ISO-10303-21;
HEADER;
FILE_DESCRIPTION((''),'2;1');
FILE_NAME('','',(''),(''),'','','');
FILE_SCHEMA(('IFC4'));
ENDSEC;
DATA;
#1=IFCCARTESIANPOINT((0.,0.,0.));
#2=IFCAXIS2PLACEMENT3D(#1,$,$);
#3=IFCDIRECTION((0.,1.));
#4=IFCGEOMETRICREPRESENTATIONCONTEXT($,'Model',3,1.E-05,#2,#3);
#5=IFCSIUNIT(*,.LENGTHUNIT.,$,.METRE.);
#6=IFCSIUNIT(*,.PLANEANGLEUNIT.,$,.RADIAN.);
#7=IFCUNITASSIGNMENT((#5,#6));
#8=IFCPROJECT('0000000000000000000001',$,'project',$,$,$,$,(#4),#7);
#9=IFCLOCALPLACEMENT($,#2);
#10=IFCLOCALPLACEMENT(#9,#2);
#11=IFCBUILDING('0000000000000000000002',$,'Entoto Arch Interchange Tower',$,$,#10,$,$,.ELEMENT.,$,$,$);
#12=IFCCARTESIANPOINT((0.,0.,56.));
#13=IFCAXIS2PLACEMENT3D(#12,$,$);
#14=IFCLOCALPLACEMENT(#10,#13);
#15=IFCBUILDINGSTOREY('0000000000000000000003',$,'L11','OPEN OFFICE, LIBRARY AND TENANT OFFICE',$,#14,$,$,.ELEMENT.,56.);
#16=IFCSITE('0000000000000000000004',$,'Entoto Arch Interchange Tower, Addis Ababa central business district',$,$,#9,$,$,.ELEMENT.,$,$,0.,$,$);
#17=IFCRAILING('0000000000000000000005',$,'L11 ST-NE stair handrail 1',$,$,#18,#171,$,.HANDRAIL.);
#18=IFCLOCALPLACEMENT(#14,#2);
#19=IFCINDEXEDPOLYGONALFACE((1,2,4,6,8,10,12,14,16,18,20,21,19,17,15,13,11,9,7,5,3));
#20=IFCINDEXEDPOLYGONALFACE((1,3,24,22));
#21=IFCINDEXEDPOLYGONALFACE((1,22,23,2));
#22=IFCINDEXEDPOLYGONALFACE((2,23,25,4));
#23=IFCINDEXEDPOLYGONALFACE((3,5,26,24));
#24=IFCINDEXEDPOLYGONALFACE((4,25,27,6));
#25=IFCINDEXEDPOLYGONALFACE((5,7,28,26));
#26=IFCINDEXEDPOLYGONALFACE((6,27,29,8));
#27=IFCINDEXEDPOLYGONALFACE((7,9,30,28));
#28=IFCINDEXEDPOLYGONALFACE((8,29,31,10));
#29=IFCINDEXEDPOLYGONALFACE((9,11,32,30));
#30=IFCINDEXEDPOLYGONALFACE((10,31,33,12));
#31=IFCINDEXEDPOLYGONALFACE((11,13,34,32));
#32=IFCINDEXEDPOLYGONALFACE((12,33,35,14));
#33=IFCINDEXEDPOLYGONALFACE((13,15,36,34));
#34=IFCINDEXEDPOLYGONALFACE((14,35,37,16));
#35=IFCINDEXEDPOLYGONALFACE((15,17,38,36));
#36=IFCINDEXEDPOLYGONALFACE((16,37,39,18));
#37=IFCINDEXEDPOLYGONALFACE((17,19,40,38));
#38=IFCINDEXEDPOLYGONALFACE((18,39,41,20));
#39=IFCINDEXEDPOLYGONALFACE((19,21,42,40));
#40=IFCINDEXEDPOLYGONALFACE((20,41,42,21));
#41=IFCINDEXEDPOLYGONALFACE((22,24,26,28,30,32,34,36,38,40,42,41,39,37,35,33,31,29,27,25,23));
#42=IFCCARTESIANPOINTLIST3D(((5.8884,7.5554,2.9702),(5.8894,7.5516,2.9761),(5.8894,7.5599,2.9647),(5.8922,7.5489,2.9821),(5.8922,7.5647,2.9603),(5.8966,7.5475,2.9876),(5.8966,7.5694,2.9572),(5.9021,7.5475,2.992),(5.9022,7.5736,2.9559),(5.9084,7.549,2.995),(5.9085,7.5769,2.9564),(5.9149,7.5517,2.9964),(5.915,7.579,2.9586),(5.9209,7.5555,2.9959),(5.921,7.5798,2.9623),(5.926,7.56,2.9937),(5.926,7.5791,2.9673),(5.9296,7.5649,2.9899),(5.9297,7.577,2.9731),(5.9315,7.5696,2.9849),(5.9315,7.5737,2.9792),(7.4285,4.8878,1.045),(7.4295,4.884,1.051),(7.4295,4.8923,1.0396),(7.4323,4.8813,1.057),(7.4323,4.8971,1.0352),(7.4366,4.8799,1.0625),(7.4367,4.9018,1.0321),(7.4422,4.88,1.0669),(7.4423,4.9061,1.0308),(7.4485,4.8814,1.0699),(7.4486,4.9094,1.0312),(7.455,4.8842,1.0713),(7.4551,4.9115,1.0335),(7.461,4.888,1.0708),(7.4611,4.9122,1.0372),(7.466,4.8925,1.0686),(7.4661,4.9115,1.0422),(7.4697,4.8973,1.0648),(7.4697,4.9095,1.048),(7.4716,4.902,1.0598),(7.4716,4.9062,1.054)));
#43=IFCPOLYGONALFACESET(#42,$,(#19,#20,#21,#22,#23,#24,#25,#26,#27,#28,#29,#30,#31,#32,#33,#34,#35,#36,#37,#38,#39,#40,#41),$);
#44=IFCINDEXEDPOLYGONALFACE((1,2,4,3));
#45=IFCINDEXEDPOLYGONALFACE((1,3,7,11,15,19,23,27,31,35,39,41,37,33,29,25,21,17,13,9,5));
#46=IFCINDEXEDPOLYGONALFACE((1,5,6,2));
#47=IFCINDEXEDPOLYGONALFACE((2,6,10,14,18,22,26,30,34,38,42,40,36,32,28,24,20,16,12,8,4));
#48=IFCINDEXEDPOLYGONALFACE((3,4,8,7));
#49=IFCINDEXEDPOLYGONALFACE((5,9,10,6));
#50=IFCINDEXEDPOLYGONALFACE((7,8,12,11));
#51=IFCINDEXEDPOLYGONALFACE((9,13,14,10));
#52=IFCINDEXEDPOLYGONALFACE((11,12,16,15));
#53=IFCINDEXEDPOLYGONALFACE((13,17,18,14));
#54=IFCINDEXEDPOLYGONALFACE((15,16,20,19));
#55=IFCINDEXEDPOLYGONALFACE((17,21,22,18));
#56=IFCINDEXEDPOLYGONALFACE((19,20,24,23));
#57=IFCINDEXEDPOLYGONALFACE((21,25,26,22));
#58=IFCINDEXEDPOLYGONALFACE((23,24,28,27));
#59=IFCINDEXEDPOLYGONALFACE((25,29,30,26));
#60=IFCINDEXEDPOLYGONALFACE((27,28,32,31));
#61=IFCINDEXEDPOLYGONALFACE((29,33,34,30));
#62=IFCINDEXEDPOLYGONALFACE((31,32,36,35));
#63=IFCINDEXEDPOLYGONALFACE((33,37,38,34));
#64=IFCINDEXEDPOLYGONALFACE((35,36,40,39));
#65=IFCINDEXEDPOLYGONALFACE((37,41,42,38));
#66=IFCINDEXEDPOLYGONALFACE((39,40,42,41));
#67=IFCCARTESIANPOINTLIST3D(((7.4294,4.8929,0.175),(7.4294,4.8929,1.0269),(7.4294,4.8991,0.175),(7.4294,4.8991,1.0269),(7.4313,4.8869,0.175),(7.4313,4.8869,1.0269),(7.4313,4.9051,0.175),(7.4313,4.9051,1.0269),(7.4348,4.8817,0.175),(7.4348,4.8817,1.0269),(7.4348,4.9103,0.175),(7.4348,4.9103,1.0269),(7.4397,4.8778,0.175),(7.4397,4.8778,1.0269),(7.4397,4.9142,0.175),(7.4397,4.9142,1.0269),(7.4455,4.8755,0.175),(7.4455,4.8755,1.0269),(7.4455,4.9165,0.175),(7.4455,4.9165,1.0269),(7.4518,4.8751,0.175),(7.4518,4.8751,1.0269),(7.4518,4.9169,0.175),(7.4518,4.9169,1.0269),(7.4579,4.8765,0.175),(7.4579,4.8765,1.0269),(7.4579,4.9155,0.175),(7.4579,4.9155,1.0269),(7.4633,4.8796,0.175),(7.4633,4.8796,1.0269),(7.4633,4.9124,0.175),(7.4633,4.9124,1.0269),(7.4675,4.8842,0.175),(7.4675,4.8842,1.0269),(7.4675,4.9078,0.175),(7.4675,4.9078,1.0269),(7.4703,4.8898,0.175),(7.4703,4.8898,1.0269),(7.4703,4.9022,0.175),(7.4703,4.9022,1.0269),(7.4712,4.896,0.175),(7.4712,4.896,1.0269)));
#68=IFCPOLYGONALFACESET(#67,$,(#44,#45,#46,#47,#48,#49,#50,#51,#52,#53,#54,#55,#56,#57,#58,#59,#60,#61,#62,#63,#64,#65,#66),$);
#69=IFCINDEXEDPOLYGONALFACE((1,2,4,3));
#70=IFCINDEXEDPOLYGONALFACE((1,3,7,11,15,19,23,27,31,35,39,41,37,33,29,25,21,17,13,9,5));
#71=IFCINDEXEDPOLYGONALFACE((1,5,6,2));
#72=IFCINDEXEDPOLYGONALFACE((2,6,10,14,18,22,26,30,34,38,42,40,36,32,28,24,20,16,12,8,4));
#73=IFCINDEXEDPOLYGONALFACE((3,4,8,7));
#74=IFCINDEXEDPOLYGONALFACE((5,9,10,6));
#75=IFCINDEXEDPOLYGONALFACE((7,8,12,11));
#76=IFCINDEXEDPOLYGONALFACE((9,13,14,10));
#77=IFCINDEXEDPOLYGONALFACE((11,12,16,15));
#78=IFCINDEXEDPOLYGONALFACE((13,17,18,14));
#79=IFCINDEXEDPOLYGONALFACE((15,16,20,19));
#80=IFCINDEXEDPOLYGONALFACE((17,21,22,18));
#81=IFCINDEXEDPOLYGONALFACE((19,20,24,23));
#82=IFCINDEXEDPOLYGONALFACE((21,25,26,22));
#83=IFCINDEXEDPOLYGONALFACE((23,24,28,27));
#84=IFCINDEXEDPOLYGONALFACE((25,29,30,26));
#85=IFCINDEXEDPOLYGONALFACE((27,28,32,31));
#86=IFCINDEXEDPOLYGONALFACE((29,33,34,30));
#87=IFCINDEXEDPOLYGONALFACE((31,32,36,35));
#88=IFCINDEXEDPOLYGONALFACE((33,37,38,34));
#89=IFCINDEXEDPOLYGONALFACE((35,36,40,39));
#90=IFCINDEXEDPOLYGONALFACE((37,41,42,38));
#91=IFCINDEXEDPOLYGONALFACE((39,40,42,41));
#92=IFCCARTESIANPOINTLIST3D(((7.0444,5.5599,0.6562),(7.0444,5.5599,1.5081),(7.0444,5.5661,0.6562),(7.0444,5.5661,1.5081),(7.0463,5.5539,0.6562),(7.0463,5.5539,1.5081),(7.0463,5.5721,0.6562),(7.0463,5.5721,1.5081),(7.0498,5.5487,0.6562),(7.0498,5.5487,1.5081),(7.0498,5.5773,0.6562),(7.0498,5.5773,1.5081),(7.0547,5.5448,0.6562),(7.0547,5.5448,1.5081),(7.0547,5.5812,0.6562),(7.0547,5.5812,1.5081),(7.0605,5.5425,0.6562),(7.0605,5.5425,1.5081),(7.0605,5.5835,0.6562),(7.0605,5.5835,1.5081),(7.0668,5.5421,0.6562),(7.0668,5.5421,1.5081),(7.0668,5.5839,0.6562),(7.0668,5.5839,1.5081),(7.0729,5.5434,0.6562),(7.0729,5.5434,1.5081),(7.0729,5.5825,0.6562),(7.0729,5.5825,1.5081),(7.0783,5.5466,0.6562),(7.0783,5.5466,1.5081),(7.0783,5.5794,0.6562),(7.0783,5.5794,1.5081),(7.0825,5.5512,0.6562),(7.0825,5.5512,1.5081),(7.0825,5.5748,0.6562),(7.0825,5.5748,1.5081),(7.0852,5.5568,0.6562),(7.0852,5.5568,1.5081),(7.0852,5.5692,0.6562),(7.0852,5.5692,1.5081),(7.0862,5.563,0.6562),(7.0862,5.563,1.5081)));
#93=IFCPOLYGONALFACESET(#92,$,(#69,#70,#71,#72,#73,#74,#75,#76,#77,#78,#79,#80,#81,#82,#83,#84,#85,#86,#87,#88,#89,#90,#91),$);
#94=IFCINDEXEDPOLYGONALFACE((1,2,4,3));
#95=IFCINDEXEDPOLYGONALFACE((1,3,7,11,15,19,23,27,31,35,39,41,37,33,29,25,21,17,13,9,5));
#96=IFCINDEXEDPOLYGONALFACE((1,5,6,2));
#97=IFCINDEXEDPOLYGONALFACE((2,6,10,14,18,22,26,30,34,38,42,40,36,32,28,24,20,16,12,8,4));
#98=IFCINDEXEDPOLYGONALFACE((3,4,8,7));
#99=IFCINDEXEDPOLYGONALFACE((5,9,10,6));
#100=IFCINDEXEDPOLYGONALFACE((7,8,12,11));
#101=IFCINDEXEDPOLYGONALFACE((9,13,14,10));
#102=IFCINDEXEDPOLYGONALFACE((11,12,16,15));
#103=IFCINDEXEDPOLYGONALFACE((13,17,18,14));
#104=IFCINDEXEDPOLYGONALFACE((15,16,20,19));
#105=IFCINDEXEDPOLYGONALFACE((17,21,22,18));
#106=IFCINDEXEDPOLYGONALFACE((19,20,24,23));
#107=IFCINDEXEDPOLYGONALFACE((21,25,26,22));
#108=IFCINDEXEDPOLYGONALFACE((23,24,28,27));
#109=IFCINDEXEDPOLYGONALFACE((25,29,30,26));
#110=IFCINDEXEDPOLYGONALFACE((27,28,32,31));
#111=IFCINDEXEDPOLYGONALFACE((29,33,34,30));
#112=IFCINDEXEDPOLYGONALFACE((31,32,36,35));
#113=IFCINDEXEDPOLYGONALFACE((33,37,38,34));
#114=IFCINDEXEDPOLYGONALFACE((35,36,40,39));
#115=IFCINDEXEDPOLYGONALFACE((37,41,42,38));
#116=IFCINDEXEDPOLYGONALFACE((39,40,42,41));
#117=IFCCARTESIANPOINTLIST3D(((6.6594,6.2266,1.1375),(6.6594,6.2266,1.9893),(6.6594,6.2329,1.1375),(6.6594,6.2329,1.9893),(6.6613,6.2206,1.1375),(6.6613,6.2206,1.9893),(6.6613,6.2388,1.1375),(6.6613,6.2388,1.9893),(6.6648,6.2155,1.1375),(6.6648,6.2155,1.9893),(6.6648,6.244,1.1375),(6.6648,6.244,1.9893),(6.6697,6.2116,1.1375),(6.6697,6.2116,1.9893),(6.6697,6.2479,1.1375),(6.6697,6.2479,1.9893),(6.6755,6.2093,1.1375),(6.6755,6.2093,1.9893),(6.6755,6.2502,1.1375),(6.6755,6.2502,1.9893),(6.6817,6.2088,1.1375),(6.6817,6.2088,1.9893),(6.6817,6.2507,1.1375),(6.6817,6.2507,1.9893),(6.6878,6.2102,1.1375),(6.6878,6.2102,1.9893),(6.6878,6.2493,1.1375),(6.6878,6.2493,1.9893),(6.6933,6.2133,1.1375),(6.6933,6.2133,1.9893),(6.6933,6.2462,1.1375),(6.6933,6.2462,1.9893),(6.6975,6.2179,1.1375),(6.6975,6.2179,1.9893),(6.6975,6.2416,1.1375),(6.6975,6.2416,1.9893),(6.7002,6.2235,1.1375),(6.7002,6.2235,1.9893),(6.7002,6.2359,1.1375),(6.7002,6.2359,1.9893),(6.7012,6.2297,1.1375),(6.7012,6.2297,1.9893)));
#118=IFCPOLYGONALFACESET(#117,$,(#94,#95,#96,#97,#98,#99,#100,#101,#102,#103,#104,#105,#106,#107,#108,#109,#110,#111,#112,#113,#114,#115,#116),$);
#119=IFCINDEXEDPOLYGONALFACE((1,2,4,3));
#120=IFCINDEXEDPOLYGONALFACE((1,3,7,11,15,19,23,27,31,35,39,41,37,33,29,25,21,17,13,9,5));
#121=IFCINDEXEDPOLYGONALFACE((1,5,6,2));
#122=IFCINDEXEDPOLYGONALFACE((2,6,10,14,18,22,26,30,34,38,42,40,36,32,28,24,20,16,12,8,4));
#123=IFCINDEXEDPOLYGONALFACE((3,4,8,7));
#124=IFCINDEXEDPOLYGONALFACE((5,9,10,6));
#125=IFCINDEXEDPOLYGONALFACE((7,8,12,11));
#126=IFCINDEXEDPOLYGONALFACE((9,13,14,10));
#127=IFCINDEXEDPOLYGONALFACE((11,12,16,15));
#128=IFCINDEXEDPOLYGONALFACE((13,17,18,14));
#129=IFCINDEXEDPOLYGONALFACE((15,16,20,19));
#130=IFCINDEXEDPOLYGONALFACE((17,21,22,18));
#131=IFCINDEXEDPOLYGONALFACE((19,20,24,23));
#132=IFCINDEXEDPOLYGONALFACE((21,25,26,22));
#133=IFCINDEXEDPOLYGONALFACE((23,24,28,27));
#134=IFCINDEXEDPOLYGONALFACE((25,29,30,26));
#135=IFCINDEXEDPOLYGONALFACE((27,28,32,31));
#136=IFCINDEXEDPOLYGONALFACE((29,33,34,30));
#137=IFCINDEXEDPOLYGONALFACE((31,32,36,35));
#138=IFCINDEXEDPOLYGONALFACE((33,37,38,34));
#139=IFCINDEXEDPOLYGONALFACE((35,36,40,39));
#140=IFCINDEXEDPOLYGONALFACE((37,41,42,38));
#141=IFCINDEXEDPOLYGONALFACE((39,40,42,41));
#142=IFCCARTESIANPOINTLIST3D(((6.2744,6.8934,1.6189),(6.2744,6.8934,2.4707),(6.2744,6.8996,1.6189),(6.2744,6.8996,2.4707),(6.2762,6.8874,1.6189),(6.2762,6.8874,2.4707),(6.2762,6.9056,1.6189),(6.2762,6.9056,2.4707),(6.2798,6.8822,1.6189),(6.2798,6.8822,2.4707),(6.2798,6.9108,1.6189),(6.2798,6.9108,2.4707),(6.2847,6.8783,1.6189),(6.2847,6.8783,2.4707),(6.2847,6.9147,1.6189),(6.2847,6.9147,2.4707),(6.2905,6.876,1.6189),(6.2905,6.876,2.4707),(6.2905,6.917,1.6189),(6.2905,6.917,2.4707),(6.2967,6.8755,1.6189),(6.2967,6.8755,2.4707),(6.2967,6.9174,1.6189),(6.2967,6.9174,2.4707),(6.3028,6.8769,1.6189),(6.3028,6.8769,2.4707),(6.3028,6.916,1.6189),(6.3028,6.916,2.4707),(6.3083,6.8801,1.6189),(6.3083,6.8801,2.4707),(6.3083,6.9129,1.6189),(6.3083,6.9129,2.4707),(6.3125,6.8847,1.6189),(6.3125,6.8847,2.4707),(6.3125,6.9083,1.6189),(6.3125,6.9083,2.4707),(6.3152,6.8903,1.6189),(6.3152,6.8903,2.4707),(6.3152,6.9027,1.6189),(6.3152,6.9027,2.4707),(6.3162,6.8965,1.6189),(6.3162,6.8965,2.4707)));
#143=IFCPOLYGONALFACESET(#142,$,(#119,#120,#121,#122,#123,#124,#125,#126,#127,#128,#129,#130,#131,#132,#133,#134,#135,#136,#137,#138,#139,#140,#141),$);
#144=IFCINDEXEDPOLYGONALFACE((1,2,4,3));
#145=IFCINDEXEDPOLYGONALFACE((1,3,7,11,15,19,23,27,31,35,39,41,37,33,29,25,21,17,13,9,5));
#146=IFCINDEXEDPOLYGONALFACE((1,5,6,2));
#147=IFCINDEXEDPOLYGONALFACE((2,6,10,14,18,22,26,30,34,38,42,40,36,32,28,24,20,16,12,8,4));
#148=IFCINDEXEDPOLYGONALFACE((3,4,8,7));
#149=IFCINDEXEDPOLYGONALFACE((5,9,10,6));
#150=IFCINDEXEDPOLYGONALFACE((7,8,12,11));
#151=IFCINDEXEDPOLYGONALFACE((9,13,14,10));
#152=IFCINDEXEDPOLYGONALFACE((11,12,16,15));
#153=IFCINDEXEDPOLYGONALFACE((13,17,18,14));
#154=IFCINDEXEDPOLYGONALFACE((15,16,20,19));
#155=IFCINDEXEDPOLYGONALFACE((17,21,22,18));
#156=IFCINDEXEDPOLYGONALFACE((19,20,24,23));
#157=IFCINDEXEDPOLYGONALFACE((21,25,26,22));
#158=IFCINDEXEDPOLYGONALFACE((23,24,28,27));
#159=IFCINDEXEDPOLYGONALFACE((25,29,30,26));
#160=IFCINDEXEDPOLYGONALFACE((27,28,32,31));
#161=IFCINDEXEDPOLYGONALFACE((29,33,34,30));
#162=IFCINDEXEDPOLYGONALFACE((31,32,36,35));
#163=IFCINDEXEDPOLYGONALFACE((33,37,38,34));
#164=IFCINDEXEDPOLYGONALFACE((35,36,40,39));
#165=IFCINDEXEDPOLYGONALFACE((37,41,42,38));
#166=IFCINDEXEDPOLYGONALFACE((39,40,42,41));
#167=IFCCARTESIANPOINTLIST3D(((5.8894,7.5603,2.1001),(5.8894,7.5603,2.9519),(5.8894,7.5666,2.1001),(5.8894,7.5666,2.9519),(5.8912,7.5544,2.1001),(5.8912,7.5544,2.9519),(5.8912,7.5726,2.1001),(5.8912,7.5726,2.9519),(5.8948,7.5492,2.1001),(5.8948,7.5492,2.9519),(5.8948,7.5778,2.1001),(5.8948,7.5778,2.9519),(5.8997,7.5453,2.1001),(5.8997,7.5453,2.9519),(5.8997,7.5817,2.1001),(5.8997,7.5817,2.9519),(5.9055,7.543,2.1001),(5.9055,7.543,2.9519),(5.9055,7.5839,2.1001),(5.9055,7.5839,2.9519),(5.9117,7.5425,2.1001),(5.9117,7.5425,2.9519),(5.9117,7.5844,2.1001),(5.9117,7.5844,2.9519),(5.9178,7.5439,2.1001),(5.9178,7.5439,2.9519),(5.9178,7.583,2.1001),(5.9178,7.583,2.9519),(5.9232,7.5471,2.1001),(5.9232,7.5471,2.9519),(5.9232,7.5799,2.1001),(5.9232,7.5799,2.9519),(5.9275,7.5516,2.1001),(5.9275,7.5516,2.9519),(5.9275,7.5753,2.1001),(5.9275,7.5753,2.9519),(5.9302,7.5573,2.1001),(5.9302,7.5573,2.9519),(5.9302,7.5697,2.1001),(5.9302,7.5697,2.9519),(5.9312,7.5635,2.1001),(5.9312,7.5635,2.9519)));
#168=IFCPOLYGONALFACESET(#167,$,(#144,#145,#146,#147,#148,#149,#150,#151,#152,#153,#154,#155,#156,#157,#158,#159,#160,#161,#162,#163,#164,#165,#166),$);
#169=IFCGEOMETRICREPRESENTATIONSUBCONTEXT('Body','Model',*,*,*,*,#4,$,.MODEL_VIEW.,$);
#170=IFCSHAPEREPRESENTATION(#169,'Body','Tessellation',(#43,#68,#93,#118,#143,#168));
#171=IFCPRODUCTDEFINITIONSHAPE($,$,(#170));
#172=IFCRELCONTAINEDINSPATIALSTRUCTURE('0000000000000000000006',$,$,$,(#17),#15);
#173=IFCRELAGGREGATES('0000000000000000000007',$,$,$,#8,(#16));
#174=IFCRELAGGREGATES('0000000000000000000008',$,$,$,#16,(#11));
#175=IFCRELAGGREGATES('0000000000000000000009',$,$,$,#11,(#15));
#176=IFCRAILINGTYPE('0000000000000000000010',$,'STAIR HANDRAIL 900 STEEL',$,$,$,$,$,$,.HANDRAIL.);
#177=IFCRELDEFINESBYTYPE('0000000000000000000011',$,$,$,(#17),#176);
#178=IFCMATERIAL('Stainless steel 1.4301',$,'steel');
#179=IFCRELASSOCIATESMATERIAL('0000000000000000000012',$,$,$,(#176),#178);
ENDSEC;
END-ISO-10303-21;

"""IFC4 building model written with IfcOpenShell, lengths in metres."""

from ifc_helpers import new_model, si_unit, direction, frame, origin, origin_2d, place, context, subcontext, project, spatial, circle, extrude, material, type_object, element, save


model = new_model("IFC4")

# Units and contexts
model_context = context("Model", 3, precision=1e-05, world=origin(), true_north=direction((0.0, 1.0)))
body_context = subcontext(model_context, "Body", "Model", "MODEL_VIEW")
ifc_project = project(units=[si_unit("LENGTHUNIT", "METRE"), si_unit("PLANEANGLEUNIT", "RADIAN")], contexts=[model_context])

# Site, building, storey
site_placement = place(None, origin())
site = spatial("IfcSite", under=ifc_project, at=site_placement, Name="Entoto Arch Interchange Tower, Addis Ababa central business district", CompositionType="ELEMENT", RefElevation=0.0)
building_placement = place(site_placement, origin())
building = spatial("IfcBuilding", under=site, at=building_placement, Name="Entoto Arch Interchange Tower", CompositionType="ELEMENT")
storey_placement = place(building_placement, frame((0.0, 0.0, 56.0)))
storey = spatial("IfcBuildingStorey", under=building, at=storey_placement, Name="L11", Description="OPEN OFFICE, LIBRARY AND TENANT OFFICE", CompositionType="ELEMENT", Elevation=56.0)

# Railing
ifc_material_1 = material(Name="Stainless steel 1.4301", Category="steel")
railing_type_1 = type_object("IfcRailingType", Name="STAIR HANDRAIL 900 STEEL", PredefinedType="HANDRAIL", material=ifc_material_1)
railing_1_placement = place(storey_placement, frame((7.4502, 4.896, 0.175)))
element("IfcRailing", 1, at=railing_1_placement, inside=storey, type_object=railing_type_1, Name="L11 ST-NE stair handrail 1", PredefinedType="HANDRAIL", context=body_context, shape_type="SweptSolid", body=[
    extrude(circle(Radius=0.0239, at=origin_2d()), frame((0.0, 0.0, 0.876), z_axis=(-0.423994, 0.734395, 0.529993), x_axis=(-0.86603, -0.499992, 0.0)), (0.0, 0.0, 1.0), 3.6323),
    extrude(circle(Radius=0.021, at=origin_2d()), origin(), (0.0, 0.0, 1.0), 0.8518),
    extrude(circle(Radius=0.021, at=origin_2d()), frame((-0.385, 0.667, 0.4812)), (0.0, 0.0, 1.0), 0.8518),
    extrude(circle(Radius=0.021, at=origin_2d()), frame((-0.77, 1.3337, 0.9624)), (0.0, 0.0, 1.0), 0.8518),
    extrude(circle(Radius=0.021, at=origin_2d()), frame((-1.155, 2.0005, 1.4438)), (0.0, 0.0, 1.0), 0.8518),
    extrude(circle(Radius=0.021, at=origin_2d()), frame((-1.54, 2.6675, 1.925)), (0.0, 0.0, 1.0), 0.8518),
])

save(model, "model.ifc")
